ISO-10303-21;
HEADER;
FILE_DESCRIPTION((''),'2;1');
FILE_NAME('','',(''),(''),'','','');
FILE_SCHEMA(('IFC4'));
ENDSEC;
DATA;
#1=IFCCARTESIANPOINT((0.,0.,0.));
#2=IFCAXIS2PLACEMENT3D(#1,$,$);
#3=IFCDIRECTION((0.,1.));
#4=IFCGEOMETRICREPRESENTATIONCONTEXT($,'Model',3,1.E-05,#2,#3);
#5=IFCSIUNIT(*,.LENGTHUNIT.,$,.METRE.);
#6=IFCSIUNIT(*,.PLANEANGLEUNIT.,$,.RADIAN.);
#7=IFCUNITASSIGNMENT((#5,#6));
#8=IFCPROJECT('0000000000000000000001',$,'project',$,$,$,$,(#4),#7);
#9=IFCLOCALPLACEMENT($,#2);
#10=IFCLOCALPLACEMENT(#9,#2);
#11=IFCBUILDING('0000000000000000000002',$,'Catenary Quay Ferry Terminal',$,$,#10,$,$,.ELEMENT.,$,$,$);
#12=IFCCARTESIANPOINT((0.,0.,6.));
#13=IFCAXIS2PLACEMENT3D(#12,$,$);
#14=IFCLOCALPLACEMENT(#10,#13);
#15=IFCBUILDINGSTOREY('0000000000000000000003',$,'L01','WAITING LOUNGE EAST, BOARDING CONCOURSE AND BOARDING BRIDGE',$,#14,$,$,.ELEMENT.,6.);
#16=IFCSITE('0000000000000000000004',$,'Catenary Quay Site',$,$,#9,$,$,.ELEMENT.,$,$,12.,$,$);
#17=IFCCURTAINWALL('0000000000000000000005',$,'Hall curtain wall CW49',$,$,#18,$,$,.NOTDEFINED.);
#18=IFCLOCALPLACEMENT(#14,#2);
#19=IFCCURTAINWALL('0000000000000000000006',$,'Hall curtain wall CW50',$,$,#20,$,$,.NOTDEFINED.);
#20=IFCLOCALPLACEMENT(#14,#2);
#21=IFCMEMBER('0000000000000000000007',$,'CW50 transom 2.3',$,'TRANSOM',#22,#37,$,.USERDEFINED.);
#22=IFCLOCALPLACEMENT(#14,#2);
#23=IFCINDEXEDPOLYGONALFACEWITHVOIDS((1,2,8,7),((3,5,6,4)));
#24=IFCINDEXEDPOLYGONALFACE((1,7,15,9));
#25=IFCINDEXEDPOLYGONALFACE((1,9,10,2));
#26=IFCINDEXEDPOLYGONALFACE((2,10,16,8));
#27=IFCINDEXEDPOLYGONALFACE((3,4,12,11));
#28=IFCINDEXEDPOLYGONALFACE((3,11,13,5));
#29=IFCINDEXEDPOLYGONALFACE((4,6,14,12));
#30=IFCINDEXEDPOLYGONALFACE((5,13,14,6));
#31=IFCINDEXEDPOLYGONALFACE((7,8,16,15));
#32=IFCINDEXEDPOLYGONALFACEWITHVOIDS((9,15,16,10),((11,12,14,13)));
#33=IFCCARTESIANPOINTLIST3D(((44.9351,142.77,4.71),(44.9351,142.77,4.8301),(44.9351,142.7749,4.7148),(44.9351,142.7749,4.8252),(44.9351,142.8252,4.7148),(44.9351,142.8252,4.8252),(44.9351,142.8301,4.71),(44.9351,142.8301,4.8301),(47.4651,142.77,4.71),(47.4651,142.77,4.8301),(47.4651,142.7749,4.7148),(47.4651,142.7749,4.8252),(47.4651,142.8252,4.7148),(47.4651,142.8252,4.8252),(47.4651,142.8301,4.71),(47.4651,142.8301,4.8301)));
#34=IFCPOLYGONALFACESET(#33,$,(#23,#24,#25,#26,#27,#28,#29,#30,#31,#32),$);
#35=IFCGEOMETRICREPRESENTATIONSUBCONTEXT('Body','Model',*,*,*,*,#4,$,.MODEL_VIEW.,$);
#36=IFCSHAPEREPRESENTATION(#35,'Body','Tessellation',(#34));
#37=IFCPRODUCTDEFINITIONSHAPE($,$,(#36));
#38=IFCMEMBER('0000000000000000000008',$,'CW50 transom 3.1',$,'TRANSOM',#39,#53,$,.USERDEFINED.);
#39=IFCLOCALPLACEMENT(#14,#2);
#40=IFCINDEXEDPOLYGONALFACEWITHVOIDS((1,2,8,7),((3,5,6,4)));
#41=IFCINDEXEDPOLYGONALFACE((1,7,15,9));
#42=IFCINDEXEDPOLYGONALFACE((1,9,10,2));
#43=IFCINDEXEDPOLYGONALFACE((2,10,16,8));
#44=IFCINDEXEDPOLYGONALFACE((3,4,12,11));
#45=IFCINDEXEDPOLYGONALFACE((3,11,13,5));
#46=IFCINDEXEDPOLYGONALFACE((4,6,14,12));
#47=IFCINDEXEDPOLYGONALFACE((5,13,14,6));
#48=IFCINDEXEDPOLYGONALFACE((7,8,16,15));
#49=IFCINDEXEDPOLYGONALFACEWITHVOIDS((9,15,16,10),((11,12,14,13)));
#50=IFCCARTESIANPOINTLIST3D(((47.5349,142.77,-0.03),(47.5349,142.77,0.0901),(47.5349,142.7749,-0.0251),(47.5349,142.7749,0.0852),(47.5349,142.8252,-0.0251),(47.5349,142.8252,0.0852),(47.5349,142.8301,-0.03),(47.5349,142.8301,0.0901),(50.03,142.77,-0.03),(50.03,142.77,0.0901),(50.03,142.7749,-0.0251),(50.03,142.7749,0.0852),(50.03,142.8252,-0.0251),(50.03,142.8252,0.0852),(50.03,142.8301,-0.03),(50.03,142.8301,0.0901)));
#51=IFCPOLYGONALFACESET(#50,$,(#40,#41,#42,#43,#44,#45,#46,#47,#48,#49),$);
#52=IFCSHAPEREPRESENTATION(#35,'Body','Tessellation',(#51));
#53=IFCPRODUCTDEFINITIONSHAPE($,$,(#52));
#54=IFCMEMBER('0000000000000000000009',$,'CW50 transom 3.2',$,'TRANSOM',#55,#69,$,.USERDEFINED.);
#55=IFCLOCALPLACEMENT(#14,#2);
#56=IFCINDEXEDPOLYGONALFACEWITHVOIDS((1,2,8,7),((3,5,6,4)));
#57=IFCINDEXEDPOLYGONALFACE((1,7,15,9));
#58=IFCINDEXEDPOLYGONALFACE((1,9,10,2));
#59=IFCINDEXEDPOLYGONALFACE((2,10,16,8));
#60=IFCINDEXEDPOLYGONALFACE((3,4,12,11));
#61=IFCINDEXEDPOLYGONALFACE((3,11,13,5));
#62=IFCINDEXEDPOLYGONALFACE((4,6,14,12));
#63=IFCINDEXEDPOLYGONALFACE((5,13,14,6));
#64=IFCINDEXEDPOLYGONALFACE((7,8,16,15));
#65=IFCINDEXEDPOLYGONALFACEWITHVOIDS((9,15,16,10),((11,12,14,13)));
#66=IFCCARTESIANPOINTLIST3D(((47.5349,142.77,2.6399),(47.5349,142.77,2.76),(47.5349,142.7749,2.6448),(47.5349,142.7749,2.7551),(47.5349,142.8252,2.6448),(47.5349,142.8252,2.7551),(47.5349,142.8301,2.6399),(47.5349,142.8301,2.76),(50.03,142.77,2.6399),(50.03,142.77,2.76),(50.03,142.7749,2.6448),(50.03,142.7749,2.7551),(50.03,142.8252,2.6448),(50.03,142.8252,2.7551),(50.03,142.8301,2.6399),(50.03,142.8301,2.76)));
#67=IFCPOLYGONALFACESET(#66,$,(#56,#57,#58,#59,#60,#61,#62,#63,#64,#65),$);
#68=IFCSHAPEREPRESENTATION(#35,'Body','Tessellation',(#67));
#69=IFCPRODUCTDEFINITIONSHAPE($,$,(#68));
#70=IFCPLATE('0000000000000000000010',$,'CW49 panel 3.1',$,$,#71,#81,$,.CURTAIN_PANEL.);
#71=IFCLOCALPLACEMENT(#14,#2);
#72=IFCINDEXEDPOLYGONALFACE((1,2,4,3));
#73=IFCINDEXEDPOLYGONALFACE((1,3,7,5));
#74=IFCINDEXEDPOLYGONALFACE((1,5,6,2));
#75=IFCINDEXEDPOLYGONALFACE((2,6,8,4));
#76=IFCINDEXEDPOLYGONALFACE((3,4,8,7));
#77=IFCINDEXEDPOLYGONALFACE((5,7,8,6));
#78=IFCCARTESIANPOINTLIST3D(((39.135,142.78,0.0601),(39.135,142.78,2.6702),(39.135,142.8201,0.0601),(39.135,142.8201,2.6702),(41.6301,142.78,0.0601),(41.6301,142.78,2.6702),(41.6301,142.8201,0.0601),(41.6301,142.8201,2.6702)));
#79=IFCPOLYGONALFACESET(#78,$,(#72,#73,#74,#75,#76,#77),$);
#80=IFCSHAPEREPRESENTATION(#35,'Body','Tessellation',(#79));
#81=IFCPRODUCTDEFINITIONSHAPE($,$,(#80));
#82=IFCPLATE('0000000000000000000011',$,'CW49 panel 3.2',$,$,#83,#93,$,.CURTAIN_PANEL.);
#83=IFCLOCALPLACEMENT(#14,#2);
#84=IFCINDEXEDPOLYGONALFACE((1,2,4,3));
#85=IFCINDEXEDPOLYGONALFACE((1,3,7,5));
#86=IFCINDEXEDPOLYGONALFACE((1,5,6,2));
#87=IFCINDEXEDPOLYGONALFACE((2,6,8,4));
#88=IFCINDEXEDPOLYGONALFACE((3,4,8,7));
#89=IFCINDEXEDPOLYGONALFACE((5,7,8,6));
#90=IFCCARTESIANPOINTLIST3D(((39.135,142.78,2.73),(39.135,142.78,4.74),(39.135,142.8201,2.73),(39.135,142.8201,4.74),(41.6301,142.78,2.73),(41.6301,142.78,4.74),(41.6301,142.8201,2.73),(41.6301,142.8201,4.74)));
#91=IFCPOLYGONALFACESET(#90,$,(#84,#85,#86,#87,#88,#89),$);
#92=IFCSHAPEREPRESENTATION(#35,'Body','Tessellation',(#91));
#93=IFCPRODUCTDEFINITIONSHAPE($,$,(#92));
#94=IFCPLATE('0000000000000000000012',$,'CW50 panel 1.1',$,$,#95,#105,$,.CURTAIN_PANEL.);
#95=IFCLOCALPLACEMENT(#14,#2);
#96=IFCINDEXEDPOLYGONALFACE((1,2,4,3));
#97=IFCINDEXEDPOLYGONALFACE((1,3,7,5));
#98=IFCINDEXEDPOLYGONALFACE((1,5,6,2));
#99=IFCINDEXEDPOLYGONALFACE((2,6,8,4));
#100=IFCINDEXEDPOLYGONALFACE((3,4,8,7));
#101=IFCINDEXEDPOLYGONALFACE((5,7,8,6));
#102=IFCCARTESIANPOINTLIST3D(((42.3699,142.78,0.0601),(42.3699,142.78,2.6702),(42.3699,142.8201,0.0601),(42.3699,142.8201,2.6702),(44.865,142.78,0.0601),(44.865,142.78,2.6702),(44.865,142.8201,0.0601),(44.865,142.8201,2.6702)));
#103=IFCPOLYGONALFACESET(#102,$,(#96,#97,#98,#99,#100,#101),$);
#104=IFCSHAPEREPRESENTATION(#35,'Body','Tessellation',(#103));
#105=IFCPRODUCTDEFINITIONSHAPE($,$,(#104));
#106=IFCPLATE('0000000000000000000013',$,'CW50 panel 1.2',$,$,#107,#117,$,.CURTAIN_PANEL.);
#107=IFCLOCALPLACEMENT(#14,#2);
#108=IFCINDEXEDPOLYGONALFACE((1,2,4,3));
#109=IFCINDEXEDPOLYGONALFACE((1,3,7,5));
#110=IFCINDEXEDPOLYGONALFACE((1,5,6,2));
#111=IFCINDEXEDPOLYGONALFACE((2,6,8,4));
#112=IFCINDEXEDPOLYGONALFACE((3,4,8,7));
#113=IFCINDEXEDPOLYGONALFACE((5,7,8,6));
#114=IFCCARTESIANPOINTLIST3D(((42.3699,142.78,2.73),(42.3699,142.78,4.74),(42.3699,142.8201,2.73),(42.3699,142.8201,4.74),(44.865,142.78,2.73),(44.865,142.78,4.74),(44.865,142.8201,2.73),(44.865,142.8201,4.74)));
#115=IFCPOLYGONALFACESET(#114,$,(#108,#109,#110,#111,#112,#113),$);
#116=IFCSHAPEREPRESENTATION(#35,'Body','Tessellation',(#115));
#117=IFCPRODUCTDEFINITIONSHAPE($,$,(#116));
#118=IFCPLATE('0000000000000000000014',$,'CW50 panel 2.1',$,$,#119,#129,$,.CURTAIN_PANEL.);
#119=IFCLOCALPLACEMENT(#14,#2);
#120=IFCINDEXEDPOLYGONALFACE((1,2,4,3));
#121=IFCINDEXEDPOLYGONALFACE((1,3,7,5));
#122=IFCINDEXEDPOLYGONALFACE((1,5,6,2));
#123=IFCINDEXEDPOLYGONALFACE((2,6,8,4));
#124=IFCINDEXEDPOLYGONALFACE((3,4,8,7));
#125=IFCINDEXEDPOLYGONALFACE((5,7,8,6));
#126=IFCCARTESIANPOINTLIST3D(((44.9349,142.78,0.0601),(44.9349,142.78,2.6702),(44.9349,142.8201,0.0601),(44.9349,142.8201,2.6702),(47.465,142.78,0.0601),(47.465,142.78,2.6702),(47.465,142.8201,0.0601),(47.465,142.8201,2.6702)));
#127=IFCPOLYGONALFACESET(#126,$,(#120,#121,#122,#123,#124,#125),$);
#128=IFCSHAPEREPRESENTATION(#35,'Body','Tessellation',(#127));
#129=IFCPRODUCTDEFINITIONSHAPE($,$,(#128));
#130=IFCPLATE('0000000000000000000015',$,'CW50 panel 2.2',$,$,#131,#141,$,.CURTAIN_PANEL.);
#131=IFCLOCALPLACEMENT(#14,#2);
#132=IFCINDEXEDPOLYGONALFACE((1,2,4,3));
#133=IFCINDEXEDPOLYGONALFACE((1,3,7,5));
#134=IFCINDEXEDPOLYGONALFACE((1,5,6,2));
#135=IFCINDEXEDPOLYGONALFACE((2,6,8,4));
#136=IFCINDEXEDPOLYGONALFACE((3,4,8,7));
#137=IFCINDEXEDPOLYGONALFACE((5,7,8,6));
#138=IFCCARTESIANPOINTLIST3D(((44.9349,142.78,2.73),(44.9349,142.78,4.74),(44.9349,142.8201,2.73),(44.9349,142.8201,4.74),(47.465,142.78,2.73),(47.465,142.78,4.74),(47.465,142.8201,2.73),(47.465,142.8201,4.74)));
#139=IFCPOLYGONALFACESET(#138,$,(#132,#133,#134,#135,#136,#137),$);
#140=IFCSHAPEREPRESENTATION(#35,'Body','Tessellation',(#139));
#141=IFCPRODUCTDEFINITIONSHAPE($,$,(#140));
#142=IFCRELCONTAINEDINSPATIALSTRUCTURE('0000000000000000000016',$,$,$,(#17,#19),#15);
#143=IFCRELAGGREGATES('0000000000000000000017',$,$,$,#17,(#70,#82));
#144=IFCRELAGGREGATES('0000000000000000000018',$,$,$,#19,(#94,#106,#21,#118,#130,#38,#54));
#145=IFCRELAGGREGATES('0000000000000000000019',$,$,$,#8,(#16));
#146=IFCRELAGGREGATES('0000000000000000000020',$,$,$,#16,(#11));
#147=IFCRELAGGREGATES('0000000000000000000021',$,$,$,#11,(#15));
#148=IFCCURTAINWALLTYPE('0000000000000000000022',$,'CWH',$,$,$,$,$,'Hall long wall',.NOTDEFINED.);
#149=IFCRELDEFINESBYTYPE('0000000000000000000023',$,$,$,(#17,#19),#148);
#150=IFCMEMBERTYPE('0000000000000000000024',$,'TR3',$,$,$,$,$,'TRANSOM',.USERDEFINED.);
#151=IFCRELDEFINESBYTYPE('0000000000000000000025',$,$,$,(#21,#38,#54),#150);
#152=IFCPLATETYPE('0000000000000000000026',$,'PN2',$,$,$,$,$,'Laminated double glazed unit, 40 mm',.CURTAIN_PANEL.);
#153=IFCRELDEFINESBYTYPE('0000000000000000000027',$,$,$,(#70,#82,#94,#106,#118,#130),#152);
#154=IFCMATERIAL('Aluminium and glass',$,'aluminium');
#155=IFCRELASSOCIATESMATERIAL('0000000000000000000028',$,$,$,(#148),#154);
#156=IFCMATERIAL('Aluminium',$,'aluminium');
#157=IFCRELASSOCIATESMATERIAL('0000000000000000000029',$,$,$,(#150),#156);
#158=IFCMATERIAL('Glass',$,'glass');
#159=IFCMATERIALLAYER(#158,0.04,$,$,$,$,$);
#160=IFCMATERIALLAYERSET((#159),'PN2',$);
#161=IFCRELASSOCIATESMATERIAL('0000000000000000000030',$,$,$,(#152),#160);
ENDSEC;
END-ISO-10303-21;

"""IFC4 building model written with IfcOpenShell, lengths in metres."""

from ifc_helpers import new_model, si_unit, direction, frame, origin, origin_2d, place, context, subcontext, project, spatial, rectangle, hollow_rectangle, extrude, material, layer, layer_set, material_profile, profile_set, type_object, element, aggregate, save


model = new_model("IFC4")

# Units and contexts
model_context = context("Model", 3, precision=1e-05, world=origin(), true_north=direction((0.0, 1.0)))
body_context = subcontext(model_context, "Body", "Model", "MODEL_VIEW")
ifc_project = project(units=[si_unit("LENGTHUNIT", "METRE"), si_unit("PLANEANGLEUNIT", "RADIAN")], contexts=[model_context])

# Site, building, storey
site_placement = place(None, origin())
site = spatial("IfcSite", under=ifc_project, at=site_placement, Name="Catenary Quay Site", CompositionType="ELEMENT", RefElevation=12.0)
building_placement = place(site_placement, origin())
building = spatial("IfcBuilding", under=site, at=building_placement, Name="Catenary Quay Ferry Terminal", CompositionType="ELEMENT")
storey_placement = place(building_placement, frame((0.0, 0.0, 6.0)))
storey = spatial("IfcBuildingStorey", under=building, at=storey_placement, Name="L01", Description="WAITING LOUNGE EAST, BOARDING CONCOURSE AND BOARDING BRIDGE", CompositionType="ELEMENT", Elevation=6.0)

# Curtain walls
ifc_material_1 = material(Name="Aluminium and glass", Category="aluminium")
curtain_wall_type = type_object("IfcCurtainWallType", Name="CWH", ElementType="Hall long wall", PredefinedType="NOTDEFINED", material=ifc_material_1)
curtain_wall_1_placement = place(storey_placement, origin())
curtain_wall_1 = element("IfcCurtainWall", 1, at=curtain_wall_1_placement, inside=storey, type_object=curtain_wall_type, Name="Hall curtain wall CW49", PredefinedType="NOTDEFINED")
curtain_wall_2_placement = place(storey_placement, origin())
curtain_wall_2 = element("IfcCurtainWall", 2, at=curtain_wall_2_placement, inside=storey, type_object=curtain_wall_type, Name="Hall curtain wall CW50", PredefinedType="NOTDEFINED")

# Members
ifc_material_2 = material(Name="Aluminium", Category="aluminium")
ifc_material_profile_1 = material_profile(ifc_material_2, hollow_rectangle(XDim=0.0601, YDim=0.1201, WallThickness=0.0049, at=origin_2d()), Name="TR3")
ifc_profile_set_1 = profile_set([ifc_material_profile_1], Name="Aluminium")
member_type_1 = type_object("IfcMemberType", Name="TR3", ElementType="TRANSOM", PredefinedType="USERDEFINED", material=ifc_profile_set_1)
member_1_placement = place(storey_placement, frame((44.9351, 142.8, 4.77), z_axis=(1.0, 0.0, 0.0), x_axis=(0.0, 1.0, 0.0)))
member_1 = element("IfcMember", 3, at=member_1_placement, type_object=member_type_1, Name="CW50 transom 2.3", ObjectType="TRANSOM", PredefinedType="USERDEFINED", context=body_context, shape_type="SweptSolid", body=[
    extrude(hollow_rectangle(XDim=0.0601, YDim=0.1201, WallThickness=0.0049, at=origin_2d()), origin(), (0.0, 0.0, 1.0), 2.53),
])
member_2_placement = place(storey_placement, frame((47.5349, 142.8, 0.03), z_axis=(1.0, 0.0, 0.0), x_axis=(0.0, 1.0, 0.0)))
member_2 = element("IfcMember", 4, at=member_2_placement, type_object=member_type_1, Name="CW50 transom 3.1", ObjectType="TRANSOM", PredefinedType="USERDEFINED", context=body_context, shape_type="SweptSolid", body=[
    extrude(hollow_rectangle(XDim=0.0601, YDim=0.1201, WallThickness=0.0049, at=origin_2d()), origin(), (0.0, 0.0, 1.0), 2.4951),
])
member_3_placement = place(storey_placement, frame((47.5349, 142.8, 2.7), z_axis=(1.0, 0.0, 0.0), x_axis=(0.0, 1.0, 0.0)))
member_3 = element("IfcMember", 5, at=member_3_placement, type_object=member_type_1, Name="CW50 transom 3.2", ObjectType="TRANSOM", PredefinedType="USERDEFINED", context=body_context, shape_type="SweptSolid", body=[
    extrude(hollow_rectangle(XDim=0.0601, YDim=0.1201, WallThickness=0.0049, at=origin_2d()), origin(), (0.0, 0.0, 1.0), 2.4951),
])

# Plates
ifc_material_3 = material(Name="Glass", Category="glass")
ifc_layer = layer(ifc_material_3, 0.04)
ifc_layer_set = layer_set([ifc_layer], Name="PN2")
plate_type = type_object("IfcPlateType", Name="PN2", ElementType="Laminated double glazed unit, 40 mm", PredefinedType="CURTAIN_PANEL", material=ifc_layer_set)
plate_1_placement = place(storey_placement, frame((40.3826, 142.8, 0.0601), z_axis=(0.0, 0.0, 1.0), x_axis=(1.0, 0.0, 0.0)))
plate_1 = element("IfcPlate", 6, at=plate_1_placement, type_object=plate_type, Name="CW49 panel 3.1", PredefinedType="CURTAIN_PANEL", context=body_context, shape_type="SweptSolid", body=[
    extrude(rectangle(XDim=2.4951, YDim=0.04, at=origin_2d()), origin(), (0.0, 0.0, 1.0), 2.6101),
])
plate_2_placement = place(storey_placement, frame((40.3826, 142.8, 2.73), z_axis=(0.0, 0.0, 1.0), x_axis=(1.0, 0.0, 0.0)))
plate_2 = element("IfcPlate", 7, at=plate_2_placement, type_object=plate_type, Name="CW49 panel 3.2", PredefinedType="CURTAIN_PANEL", context=body_context, shape_type="SweptSolid", body=[
    extrude(rectangle(XDim=2.4951, YDim=0.04, at=origin_2d()), origin(), (0.0, 0.0, 1.0), 2.01),
])
aggregate(curtain_wall_1, [plate_1, plate_2])
plate_3_placement = place(storey_placement, frame((43.6174, 142.8, 0.0601), z_axis=(0.0, 0.0, 1.0), x_axis=(1.0, 0.0, 0.0)))
plate_3 = element("IfcPlate", 8, at=plate_3_placement, type_object=plate_type, Name="CW50 panel 1.1", PredefinedType="CURTAIN_PANEL", context=body_context, shape_type="SweptSolid", body=[
    extrude(rectangle(XDim=2.4951, YDim=0.04, at=origin_2d()), origin(), (0.0, 0.0, 1.0), 2.6101),
])
plate_4_placement = place(storey_placement, frame((43.6174, 142.8, 2.73), z_axis=(0.0, 0.0, 1.0), x_axis=(1.0, 0.0, 0.0)))
plate_4 = element("IfcPlate", 9, at=plate_4_placement, type_object=plate_type, Name="CW50 panel 1.2", PredefinedType="CURTAIN_PANEL", context=body_context, shape_type="SweptSolid", body=[
    extrude(rectangle(XDim=2.4951, YDim=0.04, at=origin_2d()), origin(), (0.0, 0.0, 1.0), 2.01),
])
plate_5_placement = place(storey_placement, frame((46.2, 142.8, 0.0601), z_axis=(0.0, 0.0, 1.0), x_axis=(1.0, 0.0, 0.0)))
plate_5 = element("IfcPlate", 10, at=plate_5_placement, type_object=plate_type, Name="CW50 panel 2.1", PredefinedType="CURTAIN_PANEL", context=body_context, shape_type="SweptSolid", body=[
    extrude(rectangle(XDim=2.53, YDim=0.04, at=origin_2d()), origin(), (0.0, 0.0, 1.0), 2.6101),
])
plate_6_placement = place(storey_placement, frame((46.2, 142.8, 2.73), z_axis=(0.0, 0.0, 1.0), x_axis=(1.0, 0.0, 0.0)))
plate_6 = element("IfcPlate", 11, at=plate_6_placement, type_object=plate_type, Name="CW50 panel 2.2", PredefinedType="CURTAIN_PANEL", context=body_context, shape_type="SweptSolid", body=[
    extrude(rectangle(XDim=2.53, YDim=0.04, at=origin_2d()), origin(), (0.0, 0.0, 1.0), 2.01),
])
aggregate(curtain_wall_2, [plate_3, plate_4, member_1, plate_5, plate_6, member_2, member_3])

save(model, "model.ifc")
